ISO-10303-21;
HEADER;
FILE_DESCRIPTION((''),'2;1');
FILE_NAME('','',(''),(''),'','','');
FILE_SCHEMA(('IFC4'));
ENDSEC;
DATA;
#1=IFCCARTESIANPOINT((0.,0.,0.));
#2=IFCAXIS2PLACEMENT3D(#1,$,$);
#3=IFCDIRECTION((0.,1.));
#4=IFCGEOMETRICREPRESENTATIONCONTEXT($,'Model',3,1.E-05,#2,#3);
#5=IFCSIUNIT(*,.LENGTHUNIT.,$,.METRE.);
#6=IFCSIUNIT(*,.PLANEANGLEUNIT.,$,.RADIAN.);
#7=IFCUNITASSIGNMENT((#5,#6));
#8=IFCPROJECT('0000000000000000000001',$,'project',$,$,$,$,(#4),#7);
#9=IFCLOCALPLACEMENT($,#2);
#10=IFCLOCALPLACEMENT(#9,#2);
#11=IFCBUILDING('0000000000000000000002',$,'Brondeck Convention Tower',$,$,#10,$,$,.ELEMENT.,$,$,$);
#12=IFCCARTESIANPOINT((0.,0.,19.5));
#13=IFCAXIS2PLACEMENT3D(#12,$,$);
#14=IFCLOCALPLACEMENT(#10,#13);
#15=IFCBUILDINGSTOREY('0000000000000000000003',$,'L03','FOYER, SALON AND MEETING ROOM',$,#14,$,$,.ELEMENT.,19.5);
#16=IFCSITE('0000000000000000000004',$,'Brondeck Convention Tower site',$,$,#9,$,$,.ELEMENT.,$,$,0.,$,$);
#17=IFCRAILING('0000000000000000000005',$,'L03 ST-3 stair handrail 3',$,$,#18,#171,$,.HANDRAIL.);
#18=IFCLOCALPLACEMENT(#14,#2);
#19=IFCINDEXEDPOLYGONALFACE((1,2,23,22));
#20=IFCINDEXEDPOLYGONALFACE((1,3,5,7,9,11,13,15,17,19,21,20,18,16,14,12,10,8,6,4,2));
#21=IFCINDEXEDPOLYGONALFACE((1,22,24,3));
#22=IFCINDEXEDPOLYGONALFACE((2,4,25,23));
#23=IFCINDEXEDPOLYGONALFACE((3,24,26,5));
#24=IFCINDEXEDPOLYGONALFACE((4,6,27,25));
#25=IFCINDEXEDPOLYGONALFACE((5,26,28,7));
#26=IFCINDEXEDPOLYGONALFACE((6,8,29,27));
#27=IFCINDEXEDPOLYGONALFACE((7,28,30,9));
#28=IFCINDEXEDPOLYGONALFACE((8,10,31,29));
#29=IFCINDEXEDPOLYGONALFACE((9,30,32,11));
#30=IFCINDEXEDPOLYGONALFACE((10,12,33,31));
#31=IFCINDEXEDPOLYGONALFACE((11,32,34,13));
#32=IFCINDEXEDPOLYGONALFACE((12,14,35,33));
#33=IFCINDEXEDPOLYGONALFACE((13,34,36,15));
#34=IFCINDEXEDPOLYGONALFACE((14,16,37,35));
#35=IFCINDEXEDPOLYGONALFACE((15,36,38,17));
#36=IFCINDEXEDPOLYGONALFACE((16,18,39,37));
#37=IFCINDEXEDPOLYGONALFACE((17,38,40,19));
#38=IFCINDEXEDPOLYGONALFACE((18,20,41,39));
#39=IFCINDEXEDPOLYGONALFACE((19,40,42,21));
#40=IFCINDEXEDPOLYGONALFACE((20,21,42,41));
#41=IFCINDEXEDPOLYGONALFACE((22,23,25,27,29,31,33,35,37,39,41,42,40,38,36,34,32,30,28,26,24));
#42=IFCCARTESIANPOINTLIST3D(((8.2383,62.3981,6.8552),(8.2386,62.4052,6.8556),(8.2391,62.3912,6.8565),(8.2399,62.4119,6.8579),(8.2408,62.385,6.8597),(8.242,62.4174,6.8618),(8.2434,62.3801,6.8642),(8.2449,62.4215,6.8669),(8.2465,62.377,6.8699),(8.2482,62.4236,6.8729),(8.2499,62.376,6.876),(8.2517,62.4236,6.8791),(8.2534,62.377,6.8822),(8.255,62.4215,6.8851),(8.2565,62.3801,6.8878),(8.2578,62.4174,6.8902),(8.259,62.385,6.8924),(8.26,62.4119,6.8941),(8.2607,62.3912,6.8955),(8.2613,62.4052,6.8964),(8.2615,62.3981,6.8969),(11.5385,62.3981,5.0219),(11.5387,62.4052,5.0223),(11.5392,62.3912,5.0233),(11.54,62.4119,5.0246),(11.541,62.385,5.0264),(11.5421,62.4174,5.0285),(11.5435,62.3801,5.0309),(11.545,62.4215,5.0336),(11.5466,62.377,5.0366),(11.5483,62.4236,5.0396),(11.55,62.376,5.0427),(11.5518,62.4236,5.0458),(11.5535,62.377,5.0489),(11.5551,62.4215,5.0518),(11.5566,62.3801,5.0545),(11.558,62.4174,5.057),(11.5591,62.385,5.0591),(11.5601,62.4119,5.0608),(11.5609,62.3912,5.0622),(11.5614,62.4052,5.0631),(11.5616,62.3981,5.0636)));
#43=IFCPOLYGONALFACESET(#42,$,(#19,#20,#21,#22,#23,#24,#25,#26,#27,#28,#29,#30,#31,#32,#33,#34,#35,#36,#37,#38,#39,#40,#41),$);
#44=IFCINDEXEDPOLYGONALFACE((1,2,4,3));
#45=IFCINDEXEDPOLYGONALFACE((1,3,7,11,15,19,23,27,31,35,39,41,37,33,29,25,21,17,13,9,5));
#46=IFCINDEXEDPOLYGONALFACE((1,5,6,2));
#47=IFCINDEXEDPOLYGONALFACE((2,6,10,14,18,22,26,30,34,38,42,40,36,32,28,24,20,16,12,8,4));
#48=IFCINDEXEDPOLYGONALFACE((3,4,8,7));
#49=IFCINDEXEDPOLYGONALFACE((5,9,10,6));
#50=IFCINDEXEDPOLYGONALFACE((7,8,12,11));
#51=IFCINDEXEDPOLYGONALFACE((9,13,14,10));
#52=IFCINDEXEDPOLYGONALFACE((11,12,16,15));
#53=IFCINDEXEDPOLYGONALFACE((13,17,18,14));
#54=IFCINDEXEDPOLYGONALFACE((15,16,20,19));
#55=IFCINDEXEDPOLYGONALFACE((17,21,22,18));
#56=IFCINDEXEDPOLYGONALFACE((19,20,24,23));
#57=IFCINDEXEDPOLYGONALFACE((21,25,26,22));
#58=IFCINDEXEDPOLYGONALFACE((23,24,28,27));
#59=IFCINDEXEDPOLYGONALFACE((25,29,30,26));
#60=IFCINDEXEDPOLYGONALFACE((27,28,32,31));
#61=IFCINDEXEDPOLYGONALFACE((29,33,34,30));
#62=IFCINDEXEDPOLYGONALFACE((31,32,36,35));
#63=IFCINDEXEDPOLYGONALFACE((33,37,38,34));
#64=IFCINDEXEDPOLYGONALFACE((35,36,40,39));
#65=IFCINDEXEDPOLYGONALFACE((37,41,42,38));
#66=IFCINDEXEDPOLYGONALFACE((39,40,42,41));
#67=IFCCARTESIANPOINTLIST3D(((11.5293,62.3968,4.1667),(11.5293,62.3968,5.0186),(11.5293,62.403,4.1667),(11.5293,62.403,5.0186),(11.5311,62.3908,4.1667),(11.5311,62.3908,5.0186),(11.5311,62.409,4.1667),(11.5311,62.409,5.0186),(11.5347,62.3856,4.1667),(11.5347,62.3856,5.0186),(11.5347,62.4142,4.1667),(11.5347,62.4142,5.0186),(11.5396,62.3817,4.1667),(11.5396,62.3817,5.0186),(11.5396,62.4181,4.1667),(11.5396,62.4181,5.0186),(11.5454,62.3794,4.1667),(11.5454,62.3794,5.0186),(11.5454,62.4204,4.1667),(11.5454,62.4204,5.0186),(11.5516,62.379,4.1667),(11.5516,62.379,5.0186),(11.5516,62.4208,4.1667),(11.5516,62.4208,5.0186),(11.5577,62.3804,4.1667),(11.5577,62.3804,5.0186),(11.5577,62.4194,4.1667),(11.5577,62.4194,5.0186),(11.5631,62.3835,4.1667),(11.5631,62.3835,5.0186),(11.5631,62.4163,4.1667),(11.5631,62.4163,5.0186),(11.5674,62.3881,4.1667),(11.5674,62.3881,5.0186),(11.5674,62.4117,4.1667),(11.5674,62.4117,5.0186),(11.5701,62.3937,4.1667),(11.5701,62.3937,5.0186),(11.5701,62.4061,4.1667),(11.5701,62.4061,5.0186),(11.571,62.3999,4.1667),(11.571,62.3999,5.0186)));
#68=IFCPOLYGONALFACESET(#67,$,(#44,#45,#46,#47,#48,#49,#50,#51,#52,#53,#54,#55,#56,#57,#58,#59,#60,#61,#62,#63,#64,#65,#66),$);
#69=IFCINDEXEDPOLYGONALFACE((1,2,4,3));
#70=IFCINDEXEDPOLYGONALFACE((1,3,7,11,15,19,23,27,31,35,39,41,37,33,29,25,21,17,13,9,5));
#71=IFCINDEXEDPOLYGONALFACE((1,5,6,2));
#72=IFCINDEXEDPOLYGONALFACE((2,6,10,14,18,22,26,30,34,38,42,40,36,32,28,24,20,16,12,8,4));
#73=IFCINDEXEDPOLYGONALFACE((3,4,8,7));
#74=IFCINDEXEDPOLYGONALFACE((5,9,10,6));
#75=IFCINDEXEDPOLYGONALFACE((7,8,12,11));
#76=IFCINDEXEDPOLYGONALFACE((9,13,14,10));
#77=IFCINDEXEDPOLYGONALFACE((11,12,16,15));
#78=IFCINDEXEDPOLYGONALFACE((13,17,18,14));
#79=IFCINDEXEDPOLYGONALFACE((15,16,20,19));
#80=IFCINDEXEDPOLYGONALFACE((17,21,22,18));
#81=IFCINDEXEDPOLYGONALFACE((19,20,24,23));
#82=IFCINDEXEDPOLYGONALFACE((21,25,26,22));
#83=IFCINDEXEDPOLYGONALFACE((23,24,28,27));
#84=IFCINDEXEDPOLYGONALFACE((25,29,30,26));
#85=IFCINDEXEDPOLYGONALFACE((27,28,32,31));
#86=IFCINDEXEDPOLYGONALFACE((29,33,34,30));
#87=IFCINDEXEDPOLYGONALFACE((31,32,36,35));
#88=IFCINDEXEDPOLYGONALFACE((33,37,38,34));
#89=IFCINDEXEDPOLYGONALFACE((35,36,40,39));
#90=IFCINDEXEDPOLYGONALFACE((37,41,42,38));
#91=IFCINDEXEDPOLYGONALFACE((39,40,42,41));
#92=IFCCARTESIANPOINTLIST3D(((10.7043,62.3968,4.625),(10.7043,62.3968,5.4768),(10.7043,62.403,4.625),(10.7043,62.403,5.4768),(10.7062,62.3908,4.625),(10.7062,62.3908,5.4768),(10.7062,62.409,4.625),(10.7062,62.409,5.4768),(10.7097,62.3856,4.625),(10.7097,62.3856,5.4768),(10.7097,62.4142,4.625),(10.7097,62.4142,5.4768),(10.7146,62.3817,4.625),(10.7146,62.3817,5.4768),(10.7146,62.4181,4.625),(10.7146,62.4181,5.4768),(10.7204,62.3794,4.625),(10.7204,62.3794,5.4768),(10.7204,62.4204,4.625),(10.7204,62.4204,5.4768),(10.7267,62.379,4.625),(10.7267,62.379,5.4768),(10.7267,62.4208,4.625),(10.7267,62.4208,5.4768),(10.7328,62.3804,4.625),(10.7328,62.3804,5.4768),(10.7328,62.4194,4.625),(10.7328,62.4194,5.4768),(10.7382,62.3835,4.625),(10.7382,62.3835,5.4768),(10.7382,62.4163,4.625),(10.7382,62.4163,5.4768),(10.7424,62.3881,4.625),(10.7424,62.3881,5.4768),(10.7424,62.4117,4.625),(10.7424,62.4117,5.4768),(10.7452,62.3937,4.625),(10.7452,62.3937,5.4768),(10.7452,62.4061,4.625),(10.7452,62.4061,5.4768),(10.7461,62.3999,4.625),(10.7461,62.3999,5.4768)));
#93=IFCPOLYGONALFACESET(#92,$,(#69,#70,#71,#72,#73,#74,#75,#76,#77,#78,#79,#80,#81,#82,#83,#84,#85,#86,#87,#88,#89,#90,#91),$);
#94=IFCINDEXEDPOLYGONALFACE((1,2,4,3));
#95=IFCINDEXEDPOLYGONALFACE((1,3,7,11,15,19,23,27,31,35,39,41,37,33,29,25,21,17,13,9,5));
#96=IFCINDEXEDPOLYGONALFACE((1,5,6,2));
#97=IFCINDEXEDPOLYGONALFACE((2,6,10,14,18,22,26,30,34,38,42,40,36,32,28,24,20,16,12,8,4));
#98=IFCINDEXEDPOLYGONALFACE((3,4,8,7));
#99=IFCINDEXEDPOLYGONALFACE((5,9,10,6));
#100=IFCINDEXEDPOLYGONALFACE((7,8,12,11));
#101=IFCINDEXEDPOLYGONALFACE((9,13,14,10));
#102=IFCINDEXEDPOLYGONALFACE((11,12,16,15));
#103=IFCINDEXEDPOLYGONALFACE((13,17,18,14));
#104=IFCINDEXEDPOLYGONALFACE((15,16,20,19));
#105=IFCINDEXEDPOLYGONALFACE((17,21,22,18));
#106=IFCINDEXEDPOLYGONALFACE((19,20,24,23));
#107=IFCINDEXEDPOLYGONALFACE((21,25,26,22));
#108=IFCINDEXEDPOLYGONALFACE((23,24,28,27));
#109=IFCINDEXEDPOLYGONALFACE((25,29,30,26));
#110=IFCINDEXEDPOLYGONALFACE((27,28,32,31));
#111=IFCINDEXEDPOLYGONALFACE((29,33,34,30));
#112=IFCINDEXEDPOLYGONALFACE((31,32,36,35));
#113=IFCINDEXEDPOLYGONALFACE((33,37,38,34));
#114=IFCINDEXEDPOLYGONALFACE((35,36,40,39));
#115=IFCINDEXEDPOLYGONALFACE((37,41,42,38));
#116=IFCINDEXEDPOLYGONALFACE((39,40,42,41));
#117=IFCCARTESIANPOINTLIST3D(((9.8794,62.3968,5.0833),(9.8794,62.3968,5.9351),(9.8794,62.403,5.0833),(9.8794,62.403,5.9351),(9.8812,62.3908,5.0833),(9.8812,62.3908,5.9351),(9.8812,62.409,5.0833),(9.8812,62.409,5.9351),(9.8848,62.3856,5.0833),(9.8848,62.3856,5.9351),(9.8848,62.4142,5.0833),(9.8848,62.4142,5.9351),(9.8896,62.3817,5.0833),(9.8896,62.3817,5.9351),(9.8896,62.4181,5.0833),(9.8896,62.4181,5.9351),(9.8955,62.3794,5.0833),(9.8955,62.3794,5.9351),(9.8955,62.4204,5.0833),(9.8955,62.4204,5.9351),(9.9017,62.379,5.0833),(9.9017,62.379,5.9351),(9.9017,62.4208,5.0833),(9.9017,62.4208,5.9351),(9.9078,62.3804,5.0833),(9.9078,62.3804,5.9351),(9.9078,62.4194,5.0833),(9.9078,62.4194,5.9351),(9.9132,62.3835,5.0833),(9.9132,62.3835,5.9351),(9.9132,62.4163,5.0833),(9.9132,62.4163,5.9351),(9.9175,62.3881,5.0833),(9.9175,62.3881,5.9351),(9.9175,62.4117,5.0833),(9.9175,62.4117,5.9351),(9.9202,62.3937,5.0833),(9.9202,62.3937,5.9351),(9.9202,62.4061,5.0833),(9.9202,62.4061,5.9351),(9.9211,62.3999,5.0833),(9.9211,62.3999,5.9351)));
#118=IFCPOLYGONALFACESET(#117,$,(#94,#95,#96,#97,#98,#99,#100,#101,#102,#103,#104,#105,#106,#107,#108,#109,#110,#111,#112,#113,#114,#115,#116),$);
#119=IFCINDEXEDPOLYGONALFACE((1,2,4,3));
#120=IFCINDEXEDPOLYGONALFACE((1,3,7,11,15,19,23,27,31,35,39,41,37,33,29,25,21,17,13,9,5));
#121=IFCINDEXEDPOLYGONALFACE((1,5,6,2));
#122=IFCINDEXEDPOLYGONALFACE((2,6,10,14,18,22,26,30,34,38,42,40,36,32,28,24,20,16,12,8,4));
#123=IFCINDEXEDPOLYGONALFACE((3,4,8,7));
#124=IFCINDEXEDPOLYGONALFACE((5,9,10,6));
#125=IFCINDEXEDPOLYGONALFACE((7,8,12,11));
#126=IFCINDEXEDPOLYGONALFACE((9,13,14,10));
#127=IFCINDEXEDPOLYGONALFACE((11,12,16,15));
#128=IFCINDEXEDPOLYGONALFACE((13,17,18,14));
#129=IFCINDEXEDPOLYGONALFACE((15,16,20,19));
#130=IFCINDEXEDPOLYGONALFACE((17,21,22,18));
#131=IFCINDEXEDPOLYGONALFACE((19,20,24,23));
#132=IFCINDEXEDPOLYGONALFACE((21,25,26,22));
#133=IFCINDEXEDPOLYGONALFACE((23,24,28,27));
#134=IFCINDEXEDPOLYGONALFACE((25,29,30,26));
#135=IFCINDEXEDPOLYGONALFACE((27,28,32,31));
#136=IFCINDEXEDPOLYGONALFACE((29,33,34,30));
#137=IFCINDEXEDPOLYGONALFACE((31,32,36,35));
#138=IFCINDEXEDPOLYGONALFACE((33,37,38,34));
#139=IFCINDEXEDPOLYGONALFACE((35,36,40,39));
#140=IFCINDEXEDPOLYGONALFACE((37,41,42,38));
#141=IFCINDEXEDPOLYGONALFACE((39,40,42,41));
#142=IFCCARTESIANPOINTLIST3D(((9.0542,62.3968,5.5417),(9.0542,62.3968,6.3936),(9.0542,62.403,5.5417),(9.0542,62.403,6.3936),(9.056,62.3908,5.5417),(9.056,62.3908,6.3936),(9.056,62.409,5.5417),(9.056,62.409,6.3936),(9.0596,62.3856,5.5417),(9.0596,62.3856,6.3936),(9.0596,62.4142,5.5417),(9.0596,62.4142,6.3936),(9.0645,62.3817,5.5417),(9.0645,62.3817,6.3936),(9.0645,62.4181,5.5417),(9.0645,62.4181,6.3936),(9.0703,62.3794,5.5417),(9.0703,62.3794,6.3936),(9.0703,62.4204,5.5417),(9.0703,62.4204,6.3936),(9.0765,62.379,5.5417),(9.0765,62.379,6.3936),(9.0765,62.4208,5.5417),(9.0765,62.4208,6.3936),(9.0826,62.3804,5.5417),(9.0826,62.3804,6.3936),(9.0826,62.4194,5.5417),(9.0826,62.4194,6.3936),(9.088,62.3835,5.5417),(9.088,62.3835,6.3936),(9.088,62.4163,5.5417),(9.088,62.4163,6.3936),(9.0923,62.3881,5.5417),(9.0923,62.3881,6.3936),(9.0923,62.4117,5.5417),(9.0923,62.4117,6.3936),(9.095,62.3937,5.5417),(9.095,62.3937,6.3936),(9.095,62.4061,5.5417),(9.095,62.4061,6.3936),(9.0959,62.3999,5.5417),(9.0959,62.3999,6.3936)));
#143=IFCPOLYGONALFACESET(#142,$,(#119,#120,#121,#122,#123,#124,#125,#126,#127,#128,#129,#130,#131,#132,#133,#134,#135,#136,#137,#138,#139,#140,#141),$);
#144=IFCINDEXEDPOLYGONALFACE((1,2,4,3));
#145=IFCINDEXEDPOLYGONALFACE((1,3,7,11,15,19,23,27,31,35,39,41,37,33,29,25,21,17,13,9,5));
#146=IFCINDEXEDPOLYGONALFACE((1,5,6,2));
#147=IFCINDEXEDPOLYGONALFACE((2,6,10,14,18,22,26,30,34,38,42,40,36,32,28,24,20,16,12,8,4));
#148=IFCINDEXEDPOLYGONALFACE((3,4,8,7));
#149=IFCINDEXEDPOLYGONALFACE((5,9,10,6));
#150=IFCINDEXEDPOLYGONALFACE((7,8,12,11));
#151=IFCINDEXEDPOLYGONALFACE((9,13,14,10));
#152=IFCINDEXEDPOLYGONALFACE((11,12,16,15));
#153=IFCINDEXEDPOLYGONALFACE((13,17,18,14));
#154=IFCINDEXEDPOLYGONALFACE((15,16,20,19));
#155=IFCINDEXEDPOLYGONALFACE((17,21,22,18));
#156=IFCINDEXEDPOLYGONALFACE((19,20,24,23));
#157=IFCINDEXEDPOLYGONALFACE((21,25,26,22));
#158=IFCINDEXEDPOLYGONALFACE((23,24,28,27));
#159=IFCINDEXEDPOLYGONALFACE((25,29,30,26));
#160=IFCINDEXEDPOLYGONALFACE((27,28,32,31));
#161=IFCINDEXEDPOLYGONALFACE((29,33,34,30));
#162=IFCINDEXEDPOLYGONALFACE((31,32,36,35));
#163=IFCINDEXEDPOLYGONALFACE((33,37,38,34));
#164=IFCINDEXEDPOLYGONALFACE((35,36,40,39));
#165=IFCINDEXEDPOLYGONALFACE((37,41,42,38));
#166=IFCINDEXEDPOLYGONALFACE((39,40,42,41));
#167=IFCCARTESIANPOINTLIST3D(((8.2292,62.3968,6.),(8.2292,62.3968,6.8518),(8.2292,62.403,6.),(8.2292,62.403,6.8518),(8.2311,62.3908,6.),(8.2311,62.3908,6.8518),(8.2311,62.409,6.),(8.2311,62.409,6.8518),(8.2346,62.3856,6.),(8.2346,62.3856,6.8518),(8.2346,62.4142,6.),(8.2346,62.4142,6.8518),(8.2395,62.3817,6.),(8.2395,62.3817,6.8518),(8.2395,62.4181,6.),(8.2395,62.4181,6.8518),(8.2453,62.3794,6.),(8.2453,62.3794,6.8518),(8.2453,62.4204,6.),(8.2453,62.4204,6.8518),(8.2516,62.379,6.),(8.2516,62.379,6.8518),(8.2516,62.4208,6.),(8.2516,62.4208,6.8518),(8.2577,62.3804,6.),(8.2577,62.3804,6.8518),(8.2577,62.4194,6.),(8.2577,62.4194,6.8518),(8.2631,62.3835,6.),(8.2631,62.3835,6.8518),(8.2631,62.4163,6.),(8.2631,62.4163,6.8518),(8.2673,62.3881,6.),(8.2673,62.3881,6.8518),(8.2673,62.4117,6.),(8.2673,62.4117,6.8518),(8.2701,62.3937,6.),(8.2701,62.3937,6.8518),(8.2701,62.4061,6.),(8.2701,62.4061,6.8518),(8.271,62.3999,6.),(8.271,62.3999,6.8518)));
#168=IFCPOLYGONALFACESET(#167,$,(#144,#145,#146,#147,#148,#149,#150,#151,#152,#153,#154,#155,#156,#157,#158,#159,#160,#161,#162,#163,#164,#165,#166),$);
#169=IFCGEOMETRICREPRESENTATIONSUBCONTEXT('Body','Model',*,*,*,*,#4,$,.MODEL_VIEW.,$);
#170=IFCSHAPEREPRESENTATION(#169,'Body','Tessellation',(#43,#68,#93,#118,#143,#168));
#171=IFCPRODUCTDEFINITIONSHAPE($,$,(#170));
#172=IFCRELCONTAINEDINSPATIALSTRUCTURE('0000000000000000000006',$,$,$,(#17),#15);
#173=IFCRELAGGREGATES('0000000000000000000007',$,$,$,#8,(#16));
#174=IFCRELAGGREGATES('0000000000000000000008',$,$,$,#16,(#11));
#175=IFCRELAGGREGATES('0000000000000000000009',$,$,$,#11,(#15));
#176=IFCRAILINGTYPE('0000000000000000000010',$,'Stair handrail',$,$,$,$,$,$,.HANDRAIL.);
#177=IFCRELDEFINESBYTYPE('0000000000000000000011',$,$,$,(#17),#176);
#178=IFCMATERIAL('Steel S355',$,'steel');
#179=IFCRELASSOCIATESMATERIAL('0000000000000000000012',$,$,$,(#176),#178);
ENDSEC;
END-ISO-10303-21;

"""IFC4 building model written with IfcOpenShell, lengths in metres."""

from ifc_helpers import new_model, si_unit, direction, frame, origin, origin_2d, place, context, subcontext, project, spatial, circle, extrude, material, type_object, element, save


model = new_model("IFC4")

# Units and contexts
model_context = context("Model", 3, precision=1e-05, world=origin(), true_north=direction((0.0, 1.0)))
body_context = subcontext(model_context, "Body", "Model", "MODEL_VIEW")
ifc_project = project(units=[si_unit("LENGTHUNIT", "METRE"), si_unit("PLANEANGLEUNIT", "RADIAN")], contexts=[model_context])

# Site, building, storey
site_placement = place(None, origin())
site = spatial("IfcSite", under=ifc_project, at=site_placement, Name="Brondeck Convention Tower site", CompositionType="ELEMENT", RefElevation=0.0)
building_placement = place(site_placement, origin())
building = spatial("IfcBuilding", under=site, at=building_placement, Name="Brondeck Convention Tower", CompositionType="ELEMENT")
storey_placement = place(building_placement, frame((0.0, 0.0, 19.5)))
storey = spatial("IfcBuildingStorey", under=building, at=storey_placement, Name="L03", Description="FOYER, SALON AND MEETING ROOM", CompositionType="ELEMENT", Elevation=19.5)

# Shared definitions
ifc_material_1 = material(Name="Steel S355", Category="steel")

# Railing
railing_type_1 = type_object("IfcRailingType", Name="Stair handrail", PredefinedType="HANDRAIL", material=ifc_material_1)
railing_1_placement = place(storey_placement, frame((11.55, 62.3999, 4.1667)))
element("IfcRailing", 1, at=railing_1_placement, inside=storey, type_object=railing_type_1, Name="L03 ST-3 stair handrail 3", PredefinedType="HANDRAIL", context=body_context, shape_type="SweptSolid", body=[
    extrude(circle(Radius=0.0239, at=origin_2d()), frame((0.0, 0.0, 0.876), z_axis=(-0.874169, 0.0, 0.485621), x_axis=(0.0, -1.0, 0.0)), (0.0, 0.0, 1.0), 3.7751),
    extrude(circle(Radius=0.021, at=origin_2d()), origin(), (0.0, 0.0, 1.0), 0.8518),
    extrude(circle(Radius=0.021, at=origin_2d()), frame((-0.825, 0.0, 0.4583)), (0.0, 0.0, 1.0), 0.8518),
    extrude(circle(Radius=0.021, at=origin_2d()), frame((-1.6499, 0.0, 0.9165)), (0.0, 0.0, 1.0), 0.8518),
    extrude(circle(Radius=0.021, at=origin_2d()), frame((-2.4751, 0.0, 1.375)), (0.0, 0.0, 1.0), 0.8518),
    extrude(circle(Radius=0.021, at=origin_2d()), frame((-3.3, 0.0, 1.8333)), (0.0, 0.0, 1.0), 0.8518),
])

save(model, "model.ifc")
